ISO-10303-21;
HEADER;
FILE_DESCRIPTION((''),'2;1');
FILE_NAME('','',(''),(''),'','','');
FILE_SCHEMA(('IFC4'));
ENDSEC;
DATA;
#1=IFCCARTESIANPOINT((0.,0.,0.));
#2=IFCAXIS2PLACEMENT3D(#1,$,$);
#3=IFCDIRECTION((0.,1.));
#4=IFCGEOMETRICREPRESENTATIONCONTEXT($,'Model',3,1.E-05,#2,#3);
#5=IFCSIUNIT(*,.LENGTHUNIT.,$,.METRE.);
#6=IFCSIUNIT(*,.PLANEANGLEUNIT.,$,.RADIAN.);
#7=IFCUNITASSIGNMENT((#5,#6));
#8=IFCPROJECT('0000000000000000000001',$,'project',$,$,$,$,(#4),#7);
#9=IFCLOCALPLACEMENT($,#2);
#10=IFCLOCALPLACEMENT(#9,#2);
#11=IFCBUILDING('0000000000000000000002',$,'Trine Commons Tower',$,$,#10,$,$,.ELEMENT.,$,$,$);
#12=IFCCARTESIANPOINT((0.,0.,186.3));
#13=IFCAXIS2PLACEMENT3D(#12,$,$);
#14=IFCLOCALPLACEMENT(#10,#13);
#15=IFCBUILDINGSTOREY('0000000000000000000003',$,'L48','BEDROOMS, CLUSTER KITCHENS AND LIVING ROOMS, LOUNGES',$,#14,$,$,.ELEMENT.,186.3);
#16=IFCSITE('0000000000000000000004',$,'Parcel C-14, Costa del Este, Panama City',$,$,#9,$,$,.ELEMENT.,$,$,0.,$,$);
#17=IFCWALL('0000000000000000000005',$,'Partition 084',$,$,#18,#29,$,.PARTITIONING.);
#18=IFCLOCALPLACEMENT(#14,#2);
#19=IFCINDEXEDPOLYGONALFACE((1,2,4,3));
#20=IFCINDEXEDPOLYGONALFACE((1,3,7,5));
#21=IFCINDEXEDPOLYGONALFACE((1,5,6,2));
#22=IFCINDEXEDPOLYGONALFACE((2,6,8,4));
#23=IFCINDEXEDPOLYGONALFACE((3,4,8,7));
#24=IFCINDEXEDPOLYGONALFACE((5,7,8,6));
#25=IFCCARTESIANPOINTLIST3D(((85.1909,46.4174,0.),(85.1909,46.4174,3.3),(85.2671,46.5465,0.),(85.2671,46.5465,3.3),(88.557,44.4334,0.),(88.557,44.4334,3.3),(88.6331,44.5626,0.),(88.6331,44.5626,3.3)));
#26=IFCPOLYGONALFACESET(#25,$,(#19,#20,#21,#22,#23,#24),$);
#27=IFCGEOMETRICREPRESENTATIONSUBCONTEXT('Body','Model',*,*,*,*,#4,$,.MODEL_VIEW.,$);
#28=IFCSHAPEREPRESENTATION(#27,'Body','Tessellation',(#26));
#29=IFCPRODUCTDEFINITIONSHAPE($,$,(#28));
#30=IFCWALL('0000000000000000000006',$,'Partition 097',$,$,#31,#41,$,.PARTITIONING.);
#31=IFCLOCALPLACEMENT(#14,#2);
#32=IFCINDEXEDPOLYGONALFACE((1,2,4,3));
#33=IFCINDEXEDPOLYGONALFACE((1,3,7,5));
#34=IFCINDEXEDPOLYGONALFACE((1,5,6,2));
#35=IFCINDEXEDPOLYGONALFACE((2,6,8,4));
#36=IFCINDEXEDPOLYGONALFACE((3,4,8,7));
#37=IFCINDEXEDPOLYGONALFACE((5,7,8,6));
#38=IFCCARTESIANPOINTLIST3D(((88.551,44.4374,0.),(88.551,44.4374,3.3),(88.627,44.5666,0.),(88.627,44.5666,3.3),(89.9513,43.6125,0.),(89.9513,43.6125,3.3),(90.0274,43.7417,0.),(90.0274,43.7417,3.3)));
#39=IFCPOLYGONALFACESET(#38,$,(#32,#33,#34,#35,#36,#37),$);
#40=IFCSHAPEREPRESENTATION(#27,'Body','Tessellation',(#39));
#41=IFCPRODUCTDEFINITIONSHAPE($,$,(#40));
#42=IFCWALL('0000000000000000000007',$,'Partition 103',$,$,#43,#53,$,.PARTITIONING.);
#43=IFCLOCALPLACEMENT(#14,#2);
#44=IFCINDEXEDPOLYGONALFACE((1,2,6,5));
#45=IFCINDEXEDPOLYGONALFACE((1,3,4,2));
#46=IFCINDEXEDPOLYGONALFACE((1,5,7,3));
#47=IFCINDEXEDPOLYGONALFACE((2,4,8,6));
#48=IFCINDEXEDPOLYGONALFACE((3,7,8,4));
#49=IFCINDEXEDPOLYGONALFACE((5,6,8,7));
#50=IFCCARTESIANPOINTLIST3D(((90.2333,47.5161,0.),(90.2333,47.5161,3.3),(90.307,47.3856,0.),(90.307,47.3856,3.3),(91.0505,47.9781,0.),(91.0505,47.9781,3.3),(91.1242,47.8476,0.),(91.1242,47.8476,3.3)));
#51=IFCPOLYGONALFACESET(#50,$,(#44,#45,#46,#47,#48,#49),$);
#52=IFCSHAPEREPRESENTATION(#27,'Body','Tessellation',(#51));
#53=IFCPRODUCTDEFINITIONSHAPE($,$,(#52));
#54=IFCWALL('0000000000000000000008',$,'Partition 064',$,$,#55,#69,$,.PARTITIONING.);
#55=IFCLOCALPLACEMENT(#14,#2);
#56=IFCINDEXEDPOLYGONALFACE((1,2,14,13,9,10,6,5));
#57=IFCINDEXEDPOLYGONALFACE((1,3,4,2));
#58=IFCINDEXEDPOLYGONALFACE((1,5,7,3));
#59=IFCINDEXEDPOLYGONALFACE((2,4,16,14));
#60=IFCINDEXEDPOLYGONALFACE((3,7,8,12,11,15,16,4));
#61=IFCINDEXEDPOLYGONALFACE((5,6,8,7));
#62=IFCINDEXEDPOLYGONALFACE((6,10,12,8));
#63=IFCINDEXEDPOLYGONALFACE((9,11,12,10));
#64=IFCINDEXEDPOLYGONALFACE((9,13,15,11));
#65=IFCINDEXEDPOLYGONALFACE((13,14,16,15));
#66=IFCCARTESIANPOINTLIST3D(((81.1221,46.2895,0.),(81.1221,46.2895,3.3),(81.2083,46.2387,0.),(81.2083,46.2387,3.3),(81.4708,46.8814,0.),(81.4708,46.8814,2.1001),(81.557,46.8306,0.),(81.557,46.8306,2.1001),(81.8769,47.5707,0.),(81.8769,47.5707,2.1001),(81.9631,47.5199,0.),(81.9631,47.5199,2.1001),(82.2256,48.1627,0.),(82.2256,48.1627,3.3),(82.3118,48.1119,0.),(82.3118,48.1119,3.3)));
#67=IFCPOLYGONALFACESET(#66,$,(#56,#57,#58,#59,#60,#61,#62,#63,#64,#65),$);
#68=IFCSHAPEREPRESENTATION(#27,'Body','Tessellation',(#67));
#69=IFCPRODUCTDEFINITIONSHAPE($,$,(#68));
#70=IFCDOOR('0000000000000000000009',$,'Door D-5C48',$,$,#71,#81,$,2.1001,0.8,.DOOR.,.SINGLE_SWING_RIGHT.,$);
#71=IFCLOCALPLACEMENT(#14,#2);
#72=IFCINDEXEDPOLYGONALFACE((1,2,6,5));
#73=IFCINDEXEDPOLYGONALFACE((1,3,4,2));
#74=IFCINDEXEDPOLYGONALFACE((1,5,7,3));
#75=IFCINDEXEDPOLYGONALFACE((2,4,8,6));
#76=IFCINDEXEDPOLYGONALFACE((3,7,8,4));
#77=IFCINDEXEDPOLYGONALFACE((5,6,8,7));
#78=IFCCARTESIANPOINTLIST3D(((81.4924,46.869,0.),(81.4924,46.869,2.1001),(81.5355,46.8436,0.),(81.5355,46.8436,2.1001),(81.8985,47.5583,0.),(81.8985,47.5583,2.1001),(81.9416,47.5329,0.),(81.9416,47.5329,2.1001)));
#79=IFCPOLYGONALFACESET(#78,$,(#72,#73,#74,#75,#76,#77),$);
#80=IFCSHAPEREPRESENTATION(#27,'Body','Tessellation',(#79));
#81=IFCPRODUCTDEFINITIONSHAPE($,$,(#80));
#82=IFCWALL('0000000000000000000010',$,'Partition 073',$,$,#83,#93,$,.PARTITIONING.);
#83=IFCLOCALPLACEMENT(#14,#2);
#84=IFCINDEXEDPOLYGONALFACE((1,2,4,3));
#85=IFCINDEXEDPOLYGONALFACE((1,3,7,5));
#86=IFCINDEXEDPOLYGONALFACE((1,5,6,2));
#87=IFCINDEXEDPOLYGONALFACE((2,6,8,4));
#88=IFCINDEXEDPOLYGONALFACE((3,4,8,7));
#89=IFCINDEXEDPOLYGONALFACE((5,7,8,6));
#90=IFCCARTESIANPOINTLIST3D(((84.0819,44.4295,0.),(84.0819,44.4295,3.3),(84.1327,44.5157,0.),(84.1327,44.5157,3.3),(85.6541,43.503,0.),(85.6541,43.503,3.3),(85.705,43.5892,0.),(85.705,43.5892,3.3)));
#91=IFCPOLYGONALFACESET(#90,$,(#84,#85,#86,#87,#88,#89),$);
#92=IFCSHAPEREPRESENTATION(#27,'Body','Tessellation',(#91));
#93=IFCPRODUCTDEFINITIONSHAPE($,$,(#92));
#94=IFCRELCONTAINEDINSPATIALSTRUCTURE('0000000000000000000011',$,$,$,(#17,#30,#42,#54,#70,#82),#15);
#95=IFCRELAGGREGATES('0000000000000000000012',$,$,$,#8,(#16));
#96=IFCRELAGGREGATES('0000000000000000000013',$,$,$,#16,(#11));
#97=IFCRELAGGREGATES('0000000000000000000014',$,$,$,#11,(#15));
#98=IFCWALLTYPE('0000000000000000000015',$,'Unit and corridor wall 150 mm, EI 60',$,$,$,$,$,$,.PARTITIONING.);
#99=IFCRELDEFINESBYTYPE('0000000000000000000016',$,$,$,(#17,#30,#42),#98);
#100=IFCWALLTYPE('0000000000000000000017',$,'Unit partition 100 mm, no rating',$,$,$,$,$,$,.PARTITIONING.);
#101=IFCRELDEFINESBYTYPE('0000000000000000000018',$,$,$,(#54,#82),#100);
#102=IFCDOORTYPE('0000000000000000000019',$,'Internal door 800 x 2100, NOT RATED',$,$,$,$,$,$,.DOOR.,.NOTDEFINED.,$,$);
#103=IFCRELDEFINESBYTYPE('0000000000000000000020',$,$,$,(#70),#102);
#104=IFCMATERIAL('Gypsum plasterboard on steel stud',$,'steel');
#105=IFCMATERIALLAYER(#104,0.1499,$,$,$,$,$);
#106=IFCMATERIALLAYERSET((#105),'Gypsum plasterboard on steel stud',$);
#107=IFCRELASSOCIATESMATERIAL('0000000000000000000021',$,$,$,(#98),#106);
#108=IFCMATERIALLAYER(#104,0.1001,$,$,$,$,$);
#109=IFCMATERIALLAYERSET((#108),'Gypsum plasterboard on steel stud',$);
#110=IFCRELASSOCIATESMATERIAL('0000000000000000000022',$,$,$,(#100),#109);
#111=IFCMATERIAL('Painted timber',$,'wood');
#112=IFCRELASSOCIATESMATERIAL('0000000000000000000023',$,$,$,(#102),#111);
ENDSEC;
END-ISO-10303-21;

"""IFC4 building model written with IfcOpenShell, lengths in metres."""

from ifc_helpers import new_model, si_unit, direction, frame, frame_2d, origin, place, context, subcontext, project, spatial, rectangle, extrude, material, layer, layer_set, type_object, element, fill, save


model = new_model("IFC4")

# Units and contexts
model_context = context("Model", 3, precision=1e-05, world=origin(), true_north=direction((0.0, 1.0)))
body_context = subcontext(model_context, "Body", "Model", "MODEL_VIEW")
ifc_project = project(units=[si_unit("LENGTHUNIT", "METRE"), si_unit("PLANEANGLEUNIT", "RADIAN")], contexts=[model_context])

# Site, building, storey
site_placement = place(None, origin())
site = spatial("IfcSite", under=ifc_project, at=site_placement, Name="Parcel C-14, Costa del Este, Panama City", CompositionType="ELEMENT", RefElevation=0.0)
building_placement = place(site_placement, origin())
building = spatial("IfcBuilding", under=site, at=building_placement, Name="Trine Commons Tower", CompositionType="ELEMENT")
storey_placement = place(building_placement, frame((0.0, 0.0, 186.3)))
storey = spatial("IfcBuildingStorey", under=building, at=storey_placement, Name="L48", Description="BEDROOMS, CLUSTER KITCHENS AND LIVING ROOMS, LOUNGES", CompositionType="ELEMENT", Elevation=186.3)

# Shared definitions
ifc_material_1 = material(Name="Gypsum plasterboard on steel stud", Category="steel")
ifc_layer_1 = layer(ifc_material_1, 0.1499)
ifc_layer_set_1 = layer_set([ifc_layer_1], Name="Gypsum plasterboard on steel stud")
wall_type_1 = type_object("IfcWallType", Name="Unit and corridor wall 150 mm, EI 60", PredefinedType="PARTITIONING", material=ifc_layer_set_1)

# Walls
wall_1_placement = place(storey_placement, frame((85.229, 46.4819, 0.0), z_axis=(0.0, 0.0, 1.0), x_axis=(0.861497, -0.507763, 0.0)))
element("IfcWall", 1, at=wall_1_placement, inside=storey, type_object=wall_type_1, Name="Partition 084", PredefinedType="PARTITIONING", context=body_context, shape_type="SweptSolid", body=[
    extrude(rectangle(XDim=3.9072, YDim=0.1499, at=frame_2d((1.9536, 0.0))), origin(), (0.0, 0.0, 1.0), 3.3),
])
wall_2_placement = place(storey_placement, frame((88.5891, 44.502, 0.0), z_axis=(0.0, 0.0, 1.0), x_axis=(0.861614, -0.507565, 0.0)))
element("IfcWall", 2, at=wall_2_placement, inside=storey, type_object=wall_type_1, Name="Partition 097", PredefinedType="PARTITIONING", context=body_context, shape_type="SweptSolid", body=[
    extrude(rectangle(XDim=1.6252, YDim=0.1499, at=frame_2d((0.8125, 0.0))), origin(), (0.0, 0.0, 1.0), 3.3),
])
wall_3_placement = place(storey_placement, frame((90.2703, 47.4509, 0.0), z_axis=(0.0, 0.0, 1.0), x_axis=(0.870539, 0.4921, 0.0)))
element("IfcWall", 3, at=wall_3_placement, inside=storey, type_object=wall_type_1, Name="Partition 103", PredefinedType="PARTITIONING", context=body_context, shape_type="SweptSolid", body=[
    extrude(rectangle(XDim=0.9387, YDim=0.1499, at=frame_2d((0.4692, 0.0))), origin(), (0.0, 0.0, 1.0), 3.3),
])

# Wall, opening, door
ifc_layer_2 = layer(ifc_material_1, 0.1001)
ifc_layer_set_2 = layer_set([ifc_layer_2], Name="Gypsum plasterboard on steel stud")
wall_type_2 = type_object("IfcWallType", Name="Unit partition 100 mm, no rating", PredefinedType="PARTITIONING", material=ifc_layer_set_2)
wall_4_placement = place(storey_placement, frame((81.1653, 46.2642, 0.0), z_axis=(0.0, 0.0, 1.0), x_axis=(0.50756, 0.861617, 0.0)))
wall_4 = element("IfcWall", 4, at=wall_4_placement, inside=storey, type_object=wall_type_2, Name="Partition 064", PredefinedType="PARTITIONING", context=body_context, shape_type="SweptSolid", body=[
    extrude(rectangle(XDim=2.1741, YDim=0.1001, at=frame_2d((1.0869, 0.0))), origin(), (0.0, 0.0, 1.0), 3.3),
])
opening_1_placement = place(wall_4_placement, frame((0.687, 0.0, 0.0)))
opening_1 = element("IfcOpeningElement", 5, at=opening_1_placement, cuts=wall_4, PredefinedType="OPENING", context=body_context, shape_type="SweptSolid", body=[
    extrude(rectangle(XDim=0.8, YDim=2.1001, at=frame_2d((0.3999, 1.05))), frame((0.0, 0.0601, 0.0), z_axis=(0.0, -1.0, 0.0), x_axis=(1.0, 0.0, 0.0)), (0.0, 0.0, 1.0), 0.1201),
])
ifc_material_2 = material(Name="Painted timber", Category="wood")
door_type_1 = type_object("IfcDoorType", Name="Internal door 800 x 2100, NOT RATED", OperationType="NOTDEFINED", PredefinedType="DOOR", material=ifc_material_2)
door_1_placement = place(opening_1_placement, frame((0.8, 0.0, 0.0), z_axis=(0.0, 0.0, 1.0), x_axis=(-1.0, 0.0, 0.0)))
door_1 = element("IfcDoor", 6, at=door_1_placement, inside=storey, type_object=door_type_1, Name="Door D-5C48", OperationType="SINGLE_SWING_RIGHT", OverallHeight=2.1001, OverallWidth=0.8, PredefinedType="DOOR", context=body_context, shape_type="SweptSolid", body=[
    extrude(rectangle(XDim=0.8, YDim=2.1001, at=frame_2d((0.3999, 1.05))), frame((0.0, 0.0249, 0.0), z_axis=(0.0, -1.0, 0.0), x_axis=(1.0, 0.0, 0.0)), (0.0, 0.0, 1.0), 0.05),
])
fill(opening_1, door_1)

# Wall
wall_5_placement = place(storey_placement, frame((84.1072, 44.4727, 0.0), z_axis=(0.0, 0.0, 1.0), x_axis=(0.861538, -0.507692, 0.0)))
element("IfcWall", 7, at=wall_5_placement, inside=storey, type_object=wall_type_2, Name="Partition 073", PredefinedType="PARTITIONING", context=body_context, shape_type="SweptSolid", body=[
    extrude(rectangle(XDim=1.825, YDim=0.1001, at=frame_2d((0.9126, 0.0))), origin(), (0.0, 0.0, 1.0), 3.3),
])

save(model, "model.ifc")
